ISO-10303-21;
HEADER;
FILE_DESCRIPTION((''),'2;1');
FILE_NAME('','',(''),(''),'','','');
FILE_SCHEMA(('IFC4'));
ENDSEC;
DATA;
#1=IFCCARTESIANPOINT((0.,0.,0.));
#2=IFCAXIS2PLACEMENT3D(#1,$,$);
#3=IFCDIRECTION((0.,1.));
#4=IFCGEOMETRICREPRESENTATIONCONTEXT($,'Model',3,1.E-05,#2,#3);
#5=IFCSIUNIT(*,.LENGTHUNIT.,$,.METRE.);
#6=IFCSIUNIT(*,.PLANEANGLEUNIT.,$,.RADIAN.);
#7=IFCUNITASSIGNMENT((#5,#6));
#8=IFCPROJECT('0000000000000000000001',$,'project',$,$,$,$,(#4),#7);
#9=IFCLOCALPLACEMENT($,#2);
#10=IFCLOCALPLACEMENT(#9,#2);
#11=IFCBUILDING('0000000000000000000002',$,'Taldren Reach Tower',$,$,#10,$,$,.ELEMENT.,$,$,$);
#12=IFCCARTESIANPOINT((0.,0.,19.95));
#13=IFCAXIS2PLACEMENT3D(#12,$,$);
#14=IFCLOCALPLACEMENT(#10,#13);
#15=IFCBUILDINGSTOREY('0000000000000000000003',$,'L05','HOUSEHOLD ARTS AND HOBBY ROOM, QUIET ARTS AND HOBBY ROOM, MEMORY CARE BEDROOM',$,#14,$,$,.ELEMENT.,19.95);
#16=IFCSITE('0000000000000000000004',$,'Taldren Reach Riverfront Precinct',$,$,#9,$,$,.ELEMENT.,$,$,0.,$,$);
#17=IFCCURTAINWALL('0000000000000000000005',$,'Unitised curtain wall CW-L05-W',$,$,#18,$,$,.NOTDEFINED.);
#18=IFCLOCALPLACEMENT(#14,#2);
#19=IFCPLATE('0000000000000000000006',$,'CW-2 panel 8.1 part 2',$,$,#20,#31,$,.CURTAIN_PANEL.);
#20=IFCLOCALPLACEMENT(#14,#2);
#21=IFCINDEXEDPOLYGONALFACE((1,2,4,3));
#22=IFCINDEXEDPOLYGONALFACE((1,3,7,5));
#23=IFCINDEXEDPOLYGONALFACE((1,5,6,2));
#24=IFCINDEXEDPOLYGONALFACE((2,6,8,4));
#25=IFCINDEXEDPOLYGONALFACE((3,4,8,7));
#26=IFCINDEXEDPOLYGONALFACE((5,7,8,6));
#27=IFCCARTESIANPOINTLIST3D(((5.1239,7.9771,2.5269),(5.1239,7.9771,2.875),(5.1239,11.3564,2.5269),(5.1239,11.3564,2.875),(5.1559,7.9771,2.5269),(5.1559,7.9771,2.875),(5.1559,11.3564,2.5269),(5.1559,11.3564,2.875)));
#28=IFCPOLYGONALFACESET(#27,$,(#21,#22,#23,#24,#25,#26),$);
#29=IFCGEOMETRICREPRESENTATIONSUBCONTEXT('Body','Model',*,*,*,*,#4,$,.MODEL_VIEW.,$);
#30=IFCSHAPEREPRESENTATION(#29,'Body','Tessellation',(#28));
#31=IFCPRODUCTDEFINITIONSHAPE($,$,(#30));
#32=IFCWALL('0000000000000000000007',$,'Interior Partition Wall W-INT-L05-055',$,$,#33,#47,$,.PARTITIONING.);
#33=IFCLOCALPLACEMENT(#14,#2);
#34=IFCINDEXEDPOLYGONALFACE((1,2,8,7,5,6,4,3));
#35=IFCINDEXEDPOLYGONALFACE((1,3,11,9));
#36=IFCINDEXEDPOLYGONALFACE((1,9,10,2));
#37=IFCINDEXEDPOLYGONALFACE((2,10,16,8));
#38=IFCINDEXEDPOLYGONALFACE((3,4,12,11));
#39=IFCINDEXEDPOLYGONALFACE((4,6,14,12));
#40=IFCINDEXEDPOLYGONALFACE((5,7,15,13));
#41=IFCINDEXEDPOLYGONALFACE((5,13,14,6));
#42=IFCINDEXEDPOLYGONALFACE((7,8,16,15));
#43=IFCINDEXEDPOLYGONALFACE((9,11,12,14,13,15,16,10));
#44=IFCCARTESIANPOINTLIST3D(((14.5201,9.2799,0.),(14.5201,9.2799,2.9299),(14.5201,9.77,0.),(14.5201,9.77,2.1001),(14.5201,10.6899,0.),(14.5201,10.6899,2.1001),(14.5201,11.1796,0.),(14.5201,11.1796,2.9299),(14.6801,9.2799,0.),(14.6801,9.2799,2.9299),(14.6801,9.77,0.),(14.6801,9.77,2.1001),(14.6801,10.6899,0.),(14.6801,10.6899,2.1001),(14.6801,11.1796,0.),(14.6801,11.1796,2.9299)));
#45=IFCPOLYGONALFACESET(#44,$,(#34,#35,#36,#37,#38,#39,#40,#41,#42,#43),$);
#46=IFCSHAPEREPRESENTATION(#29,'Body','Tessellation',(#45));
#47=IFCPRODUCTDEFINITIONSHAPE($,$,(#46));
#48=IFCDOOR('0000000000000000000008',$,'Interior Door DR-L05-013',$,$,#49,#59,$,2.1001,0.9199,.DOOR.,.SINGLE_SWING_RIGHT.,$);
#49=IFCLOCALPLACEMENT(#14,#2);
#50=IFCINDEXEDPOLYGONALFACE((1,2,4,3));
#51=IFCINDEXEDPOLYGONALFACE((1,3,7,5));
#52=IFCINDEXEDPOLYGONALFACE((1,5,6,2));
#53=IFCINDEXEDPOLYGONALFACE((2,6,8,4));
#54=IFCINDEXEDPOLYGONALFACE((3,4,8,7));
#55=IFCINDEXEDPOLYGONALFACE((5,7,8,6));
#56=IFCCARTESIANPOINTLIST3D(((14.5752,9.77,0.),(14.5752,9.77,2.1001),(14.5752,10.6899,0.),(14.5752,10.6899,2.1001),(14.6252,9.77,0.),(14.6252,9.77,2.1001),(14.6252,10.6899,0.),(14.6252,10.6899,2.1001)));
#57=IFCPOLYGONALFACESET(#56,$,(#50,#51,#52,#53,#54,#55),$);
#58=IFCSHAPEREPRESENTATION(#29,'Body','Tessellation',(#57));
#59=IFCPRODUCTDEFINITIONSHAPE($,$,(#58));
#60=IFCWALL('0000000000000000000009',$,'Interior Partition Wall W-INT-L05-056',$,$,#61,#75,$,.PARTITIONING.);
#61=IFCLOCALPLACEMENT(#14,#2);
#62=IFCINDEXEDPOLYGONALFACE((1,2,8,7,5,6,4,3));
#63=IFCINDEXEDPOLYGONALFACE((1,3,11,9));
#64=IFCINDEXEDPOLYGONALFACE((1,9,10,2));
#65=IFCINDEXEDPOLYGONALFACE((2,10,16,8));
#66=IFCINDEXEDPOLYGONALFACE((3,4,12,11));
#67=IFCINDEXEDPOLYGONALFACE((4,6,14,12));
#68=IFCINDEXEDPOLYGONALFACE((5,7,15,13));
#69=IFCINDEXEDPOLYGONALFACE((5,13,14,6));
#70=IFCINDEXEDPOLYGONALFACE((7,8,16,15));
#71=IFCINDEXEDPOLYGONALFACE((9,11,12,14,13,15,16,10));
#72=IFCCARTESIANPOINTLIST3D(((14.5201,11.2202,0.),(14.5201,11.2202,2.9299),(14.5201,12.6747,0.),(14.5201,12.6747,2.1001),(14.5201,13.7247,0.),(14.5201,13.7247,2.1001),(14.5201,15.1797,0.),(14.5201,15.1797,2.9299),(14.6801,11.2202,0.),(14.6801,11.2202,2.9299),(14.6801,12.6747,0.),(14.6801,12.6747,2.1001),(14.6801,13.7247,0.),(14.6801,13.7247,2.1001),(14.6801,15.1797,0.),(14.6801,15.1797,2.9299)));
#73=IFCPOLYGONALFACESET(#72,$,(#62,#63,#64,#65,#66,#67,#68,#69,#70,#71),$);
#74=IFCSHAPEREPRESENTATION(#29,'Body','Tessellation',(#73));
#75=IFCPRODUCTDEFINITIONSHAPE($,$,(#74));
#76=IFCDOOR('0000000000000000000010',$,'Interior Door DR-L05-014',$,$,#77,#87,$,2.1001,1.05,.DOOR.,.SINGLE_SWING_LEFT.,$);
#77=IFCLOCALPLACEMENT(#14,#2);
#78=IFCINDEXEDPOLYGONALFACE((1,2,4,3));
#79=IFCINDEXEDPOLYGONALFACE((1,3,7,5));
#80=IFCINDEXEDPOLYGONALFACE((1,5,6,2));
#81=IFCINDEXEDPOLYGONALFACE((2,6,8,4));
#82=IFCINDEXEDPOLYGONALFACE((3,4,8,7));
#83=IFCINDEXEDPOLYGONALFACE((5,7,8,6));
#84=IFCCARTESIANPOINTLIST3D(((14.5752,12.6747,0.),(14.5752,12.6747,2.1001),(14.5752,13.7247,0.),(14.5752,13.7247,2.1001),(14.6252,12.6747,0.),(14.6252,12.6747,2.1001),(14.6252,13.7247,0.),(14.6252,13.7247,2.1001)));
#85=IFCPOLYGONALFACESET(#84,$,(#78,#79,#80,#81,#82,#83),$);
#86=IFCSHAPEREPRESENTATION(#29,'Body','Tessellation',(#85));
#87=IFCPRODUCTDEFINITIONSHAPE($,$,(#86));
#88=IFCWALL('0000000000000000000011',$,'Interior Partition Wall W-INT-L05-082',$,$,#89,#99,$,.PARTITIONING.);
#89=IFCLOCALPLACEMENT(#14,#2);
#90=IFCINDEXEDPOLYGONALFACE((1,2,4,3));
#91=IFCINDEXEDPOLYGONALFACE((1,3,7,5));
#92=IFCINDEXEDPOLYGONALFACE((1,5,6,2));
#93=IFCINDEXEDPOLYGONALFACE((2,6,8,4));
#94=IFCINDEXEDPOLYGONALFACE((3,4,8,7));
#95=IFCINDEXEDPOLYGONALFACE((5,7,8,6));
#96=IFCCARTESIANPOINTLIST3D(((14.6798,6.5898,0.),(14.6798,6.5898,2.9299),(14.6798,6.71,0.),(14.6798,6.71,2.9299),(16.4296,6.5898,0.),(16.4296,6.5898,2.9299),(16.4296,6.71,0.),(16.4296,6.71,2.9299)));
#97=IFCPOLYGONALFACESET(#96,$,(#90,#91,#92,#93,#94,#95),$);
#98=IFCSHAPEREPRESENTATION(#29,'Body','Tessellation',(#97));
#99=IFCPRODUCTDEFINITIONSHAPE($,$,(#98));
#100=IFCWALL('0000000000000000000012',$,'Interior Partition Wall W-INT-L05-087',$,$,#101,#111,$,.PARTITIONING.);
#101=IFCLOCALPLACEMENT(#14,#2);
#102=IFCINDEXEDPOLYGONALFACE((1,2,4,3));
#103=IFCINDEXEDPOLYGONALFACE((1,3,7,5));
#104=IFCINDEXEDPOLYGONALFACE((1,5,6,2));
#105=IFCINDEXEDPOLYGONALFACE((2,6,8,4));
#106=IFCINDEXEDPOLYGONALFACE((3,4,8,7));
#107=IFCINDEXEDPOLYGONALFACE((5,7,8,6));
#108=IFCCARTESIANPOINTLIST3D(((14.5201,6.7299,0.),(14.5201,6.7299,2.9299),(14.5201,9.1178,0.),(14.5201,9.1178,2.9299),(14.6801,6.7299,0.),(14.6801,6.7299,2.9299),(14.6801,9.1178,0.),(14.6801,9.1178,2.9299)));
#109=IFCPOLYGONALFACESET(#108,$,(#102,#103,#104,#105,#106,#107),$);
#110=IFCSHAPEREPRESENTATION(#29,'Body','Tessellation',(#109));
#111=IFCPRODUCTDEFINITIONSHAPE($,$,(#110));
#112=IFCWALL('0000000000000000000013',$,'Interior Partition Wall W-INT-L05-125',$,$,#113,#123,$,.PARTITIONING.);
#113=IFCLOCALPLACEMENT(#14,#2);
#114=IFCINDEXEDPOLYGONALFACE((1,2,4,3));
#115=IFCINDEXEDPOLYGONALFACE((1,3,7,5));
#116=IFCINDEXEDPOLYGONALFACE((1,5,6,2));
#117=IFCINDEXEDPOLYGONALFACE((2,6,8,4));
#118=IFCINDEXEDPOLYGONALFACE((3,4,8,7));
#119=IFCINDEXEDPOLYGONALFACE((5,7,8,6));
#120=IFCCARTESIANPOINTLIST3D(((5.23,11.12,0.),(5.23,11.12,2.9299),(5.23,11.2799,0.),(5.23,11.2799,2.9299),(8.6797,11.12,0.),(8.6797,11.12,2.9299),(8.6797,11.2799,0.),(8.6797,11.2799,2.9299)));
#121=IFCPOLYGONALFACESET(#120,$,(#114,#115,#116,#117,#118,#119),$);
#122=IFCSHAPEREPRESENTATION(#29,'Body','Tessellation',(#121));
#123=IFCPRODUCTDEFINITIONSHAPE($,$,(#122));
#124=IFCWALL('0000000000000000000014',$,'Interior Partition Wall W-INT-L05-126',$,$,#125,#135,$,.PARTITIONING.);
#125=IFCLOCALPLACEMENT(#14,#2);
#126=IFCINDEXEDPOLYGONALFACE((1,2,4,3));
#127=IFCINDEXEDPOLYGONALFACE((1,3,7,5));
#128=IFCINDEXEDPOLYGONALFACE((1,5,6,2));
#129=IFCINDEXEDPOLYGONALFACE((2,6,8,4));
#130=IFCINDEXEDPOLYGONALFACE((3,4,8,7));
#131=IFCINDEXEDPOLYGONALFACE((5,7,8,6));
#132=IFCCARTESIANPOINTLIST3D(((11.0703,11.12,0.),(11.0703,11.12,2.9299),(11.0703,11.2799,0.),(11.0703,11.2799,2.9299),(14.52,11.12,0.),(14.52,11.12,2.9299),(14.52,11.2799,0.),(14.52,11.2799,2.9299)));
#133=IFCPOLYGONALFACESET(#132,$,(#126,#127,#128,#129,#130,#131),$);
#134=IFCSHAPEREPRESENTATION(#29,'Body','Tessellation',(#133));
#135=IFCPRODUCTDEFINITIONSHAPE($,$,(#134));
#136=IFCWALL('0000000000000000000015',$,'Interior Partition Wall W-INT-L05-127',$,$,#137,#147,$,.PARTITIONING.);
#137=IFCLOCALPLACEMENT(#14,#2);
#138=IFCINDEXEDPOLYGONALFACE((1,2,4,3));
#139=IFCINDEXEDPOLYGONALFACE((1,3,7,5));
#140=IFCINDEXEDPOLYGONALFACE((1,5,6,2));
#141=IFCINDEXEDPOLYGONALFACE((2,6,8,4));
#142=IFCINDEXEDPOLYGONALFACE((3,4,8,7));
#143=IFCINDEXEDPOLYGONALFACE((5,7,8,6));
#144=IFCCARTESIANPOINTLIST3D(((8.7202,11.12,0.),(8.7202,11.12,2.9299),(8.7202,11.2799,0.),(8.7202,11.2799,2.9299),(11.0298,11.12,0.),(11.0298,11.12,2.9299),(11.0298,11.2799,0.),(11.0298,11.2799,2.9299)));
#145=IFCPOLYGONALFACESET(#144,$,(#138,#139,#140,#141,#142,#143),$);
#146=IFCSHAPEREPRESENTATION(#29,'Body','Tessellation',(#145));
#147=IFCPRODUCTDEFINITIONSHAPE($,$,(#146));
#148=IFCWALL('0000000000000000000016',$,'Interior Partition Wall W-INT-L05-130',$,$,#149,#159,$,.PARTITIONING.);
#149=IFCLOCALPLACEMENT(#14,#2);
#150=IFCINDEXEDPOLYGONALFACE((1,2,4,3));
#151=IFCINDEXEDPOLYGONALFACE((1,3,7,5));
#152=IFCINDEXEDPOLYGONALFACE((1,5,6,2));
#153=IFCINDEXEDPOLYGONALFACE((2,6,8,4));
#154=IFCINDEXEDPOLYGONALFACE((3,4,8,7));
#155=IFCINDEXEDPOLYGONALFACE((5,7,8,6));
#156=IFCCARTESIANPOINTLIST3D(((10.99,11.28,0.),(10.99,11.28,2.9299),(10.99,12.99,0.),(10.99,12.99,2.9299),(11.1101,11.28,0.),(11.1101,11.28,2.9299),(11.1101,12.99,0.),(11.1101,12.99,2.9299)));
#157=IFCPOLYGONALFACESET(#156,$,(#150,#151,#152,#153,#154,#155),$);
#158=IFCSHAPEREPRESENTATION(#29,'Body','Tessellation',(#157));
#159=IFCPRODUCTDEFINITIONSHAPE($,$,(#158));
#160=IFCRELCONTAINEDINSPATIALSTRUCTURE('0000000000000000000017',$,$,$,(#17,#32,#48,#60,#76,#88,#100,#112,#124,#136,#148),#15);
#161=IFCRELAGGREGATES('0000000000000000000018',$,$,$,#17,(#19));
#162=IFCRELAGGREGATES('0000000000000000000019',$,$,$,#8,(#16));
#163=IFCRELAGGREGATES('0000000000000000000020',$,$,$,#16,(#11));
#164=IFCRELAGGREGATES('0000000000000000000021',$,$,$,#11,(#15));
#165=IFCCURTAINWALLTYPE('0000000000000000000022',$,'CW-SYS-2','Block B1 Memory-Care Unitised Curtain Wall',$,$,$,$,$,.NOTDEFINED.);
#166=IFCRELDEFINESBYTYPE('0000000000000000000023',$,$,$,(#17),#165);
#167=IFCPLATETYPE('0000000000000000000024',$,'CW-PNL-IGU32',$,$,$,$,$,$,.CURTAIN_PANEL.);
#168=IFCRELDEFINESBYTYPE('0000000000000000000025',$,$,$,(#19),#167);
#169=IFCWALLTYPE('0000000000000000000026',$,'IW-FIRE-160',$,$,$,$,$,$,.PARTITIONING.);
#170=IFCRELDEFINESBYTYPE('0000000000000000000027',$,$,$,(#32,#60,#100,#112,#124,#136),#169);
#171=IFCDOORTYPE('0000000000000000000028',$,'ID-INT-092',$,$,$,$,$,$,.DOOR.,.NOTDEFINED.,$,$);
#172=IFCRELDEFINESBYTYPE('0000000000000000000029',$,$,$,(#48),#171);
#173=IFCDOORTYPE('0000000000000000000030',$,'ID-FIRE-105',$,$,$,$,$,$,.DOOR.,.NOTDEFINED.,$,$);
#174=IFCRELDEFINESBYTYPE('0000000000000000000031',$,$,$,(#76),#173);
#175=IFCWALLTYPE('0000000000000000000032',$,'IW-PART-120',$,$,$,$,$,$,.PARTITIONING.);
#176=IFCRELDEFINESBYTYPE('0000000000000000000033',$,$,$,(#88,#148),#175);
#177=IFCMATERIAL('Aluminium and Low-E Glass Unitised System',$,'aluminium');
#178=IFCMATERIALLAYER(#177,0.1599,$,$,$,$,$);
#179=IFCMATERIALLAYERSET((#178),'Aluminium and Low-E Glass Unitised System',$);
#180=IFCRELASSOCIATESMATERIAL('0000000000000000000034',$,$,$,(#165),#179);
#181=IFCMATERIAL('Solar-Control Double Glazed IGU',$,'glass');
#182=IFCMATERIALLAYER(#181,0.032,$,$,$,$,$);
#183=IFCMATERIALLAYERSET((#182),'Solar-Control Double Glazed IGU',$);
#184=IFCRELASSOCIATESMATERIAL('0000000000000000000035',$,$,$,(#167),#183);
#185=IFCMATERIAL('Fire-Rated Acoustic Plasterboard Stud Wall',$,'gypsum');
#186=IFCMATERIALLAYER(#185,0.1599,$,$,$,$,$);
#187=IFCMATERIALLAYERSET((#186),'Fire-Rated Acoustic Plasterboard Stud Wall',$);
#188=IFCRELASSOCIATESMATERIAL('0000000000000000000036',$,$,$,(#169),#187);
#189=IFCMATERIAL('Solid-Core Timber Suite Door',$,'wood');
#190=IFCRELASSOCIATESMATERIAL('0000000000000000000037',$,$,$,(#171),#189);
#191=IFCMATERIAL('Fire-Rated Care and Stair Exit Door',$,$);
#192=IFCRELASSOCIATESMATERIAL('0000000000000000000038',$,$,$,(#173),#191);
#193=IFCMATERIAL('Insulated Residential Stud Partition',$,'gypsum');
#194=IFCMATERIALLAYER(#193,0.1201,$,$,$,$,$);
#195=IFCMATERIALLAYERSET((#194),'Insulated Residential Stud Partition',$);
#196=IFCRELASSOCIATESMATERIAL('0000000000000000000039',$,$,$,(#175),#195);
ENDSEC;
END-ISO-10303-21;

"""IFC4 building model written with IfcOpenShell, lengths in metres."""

from ifc_helpers import new_model, si_unit, direction, frame, frame_2d, origin, origin_2d, place, context, subcontext, project, spatial, rectangle, extrude, source, transform, mapped, material, layer, layer_set, type_object, element, fill, aggregate, save


model = new_model("IFC4")

# Units and contexts
model_context = context("Model", 3, precision=1e-05, world=origin(), true_north=direction((0.0, 1.0)))
body_context = subcontext(model_context, "Body", "Model", "MODEL_VIEW")
ifc_project = project(units=[si_unit("LENGTHUNIT", "METRE"), si_unit("PLANEANGLEUNIT", "RADIAN")], contexts=[model_context])

# Site, building, storey
site_placement = place(None, origin())
site = spatial("IfcSite", under=ifc_project, at=site_placement, Name="Taldren Reach Riverfront Precinct", CompositionType="ELEMENT", RefElevation=0.0)
building_placement = place(site_placement, origin())
building = spatial("IfcBuilding", under=site, at=building_placement, Name="Taldren Reach Tower", CompositionType="ELEMENT")
storey_placement = place(building_placement, frame((0.0, 0.0, 19.95)))
storey = spatial("IfcBuildingStorey", under=building, at=storey_placement, Name="L05", Description="HOUSEHOLD ARTS AND HOBBY ROOM, QUIET ARTS AND HOBBY ROOM, MEMORY CARE BEDROOM", CompositionType="ELEMENT", Elevation=19.95)

# Curtain wall, plate
ifc_material_1 = material(Name="Aluminium and Low-E Glass Unitised System", Category="aluminium")
ifc_layer_1 = layer(ifc_material_1, 0.1599)
ifc_layer_set_1 = layer_set([ifc_layer_1], Name="Aluminium and Low-E Glass Unitised System")
curtain_wall_type = type_object("IfcCurtainWallType", Name="CW-SYS-2", Description="Block B1 Memory-Care Unitised Curtain Wall", PredefinedType="NOTDEFINED", material=ifc_layer_set_1)
curtain_wall_placement = place(storey_placement, origin())
curtain_wall = element("IfcCurtainWall", 1, at=curtain_wall_placement, inside=storey, type_object=curtain_wall_type, Name="Unitised curtain wall CW-L05-W", PredefinedType="NOTDEFINED")
ifc_material_2 = material(Name="Solar-Control Double Glazed IGU", Category="glass")
ifc_layer_2 = layer(ifc_material_2, 0.032)
ifc_layer_set_2 = layer_set([ifc_layer_2], Name="Solar-Control Double Glazed IGU")
plate_type = type_object("IfcPlateType", Name="CW-PNL-IGU32", PredefinedType="CURTAIN_PANEL", material=ifc_layer_set_2)
shared_shape_1 = source(origin(), body_context, "Body", "SweptSolid", [
    extrude(rectangle(XDim=3.3794, YDim=0.032, at=origin_2d()), origin(), (0.0, 0.0, 1.0), 0.3481),
])
plate_1_placement = place(storey_placement, frame((5.1399, 9.6667, 2.5269), z_axis=(0.0, 0.0, 1.0), x_axis=(0.0, -1.0, 0.0)))
plate_1 = element("IfcPlate", 2, at=plate_1_placement, type_object=plate_type, Name="CW-2 panel 8.1 part 2", PredefinedType="CURTAIN_PANEL", context=body_context, shape_type="MappedRepresentation", body=[
    mapped(shared_shape_1, transform((0.0, 0.0, 0.0), scale=1.0)),
])
aggregate(curtain_wall, [plate_1])

# Walls, openings, doors
ifc_material_3 = material(Name="Fire-Rated Acoustic Plasterboard Stud Wall", Category="gypsum")
ifc_layer_3 = layer(ifc_material_3, 0.1599)
ifc_layer_set_3 = layer_set([ifc_layer_3], Name="Fire-Rated Acoustic Plasterboard Stud Wall")
wall_type_1 = type_object("IfcWallType", Name="IW-FIRE-160", PredefinedType="PARTITIONING", material=ifc_layer_set_3)
shared_shape_2 = source(origin(), body_context, "Body", "SweptSolid", [
    extrude(rectangle(XDim=1.8997, YDim=0.1599, at=frame_2d((0.9497, 0.0))), origin(), (0.0, 0.0, 1.0), 2.9299),
])
wall_1_placement = place(storey_placement, frame((14.6001, 9.28, 0.0), z_axis=(0.0, 0.0, 1.0), x_axis=(0.0, 1.0, 0.0)))
wall_1 = element("IfcWall", 3, at=wall_1_placement, inside=storey, type_object=wall_type_1, Name="Interior Partition Wall W-INT-L05-055", PredefinedType="PARTITIONING", context=body_context, shape_type="MappedRepresentation", body=[
    mapped(shared_shape_2, transform((0.0, 0.0, 0.0), scale=1.0)),
])
shared_shape_3 = source(origin(), body_context, "Body", "SweptSolid", [
    extrude(rectangle(XDim=0.9199, YDim=2.1001, at=frame_2d((0.46, 1.05))), frame((0.0, 0.0898, 0.0), z_axis=(0.0, -1.0, 0.0), x_axis=(1.0, 0.0, 0.0)), (0.0, 0.0, 1.0), 0.1799),
])
opening_1_placement = place(wall_1_placement, frame((0.49, 0.0, 0.0)))
opening_1 = element("IfcOpeningElement", 4, at=opening_1_placement, cuts=wall_1, PredefinedType="OPENING", context=body_context, shape_type="MappedRepresentation", body=[
    mapped(shared_shape_3, transform((0.0, 0.0, 0.0), scale=1.0)),
])
ifc_material_4 = material(Name="Solid-Core Timber Suite Door", Category="wood")
door_type_1 = type_object("IfcDoorType", Name="ID-INT-092", OperationType="NOTDEFINED", PredefinedType="DOOR", material=ifc_material_4)
shared_shape_4 = source(origin(), body_context, "Body", "SweptSolid", [
    extrude(rectangle(XDim=0.9199, YDim=2.1001, at=frame_2d((0.46, 1.05))), frame((0.0, 0.0249, 0.0), z_axis=(0.0, -1.0, 0.0), x_axis=(1.0, 0.0, 0.0)), (0.0, 0.0, 1.0), 0.05),
])
door_1_placement = place(opening_1_placement, origin())
door_1 = element("IfcDoor", 5, at=door_1_placement, inside=storey, type_object=door_type_1, Name="Interior Door DR-L05-013", OperationType="SINGLE_SWING_RIGHT", OverallHeight=2.1001, OverallWidth=0.9199, PredefinedType="DOOR", context=body_context, shape_type="MappedRepresentation", body=[
    mapped(shared_shape_4, transform((0.0, 0.0, 0.0), scale=1.0)),
])
fill(opening_1, door_1)
shared_shape_5 = source(origin(), body_context, "Body", "SweptSolid", [
    extrude(rectangle(XDim=3.9595, YDim=0.1599, at=frame_2d((1.9797, 0.0))), origin(), (0.0, 0.0, 1.0), 2.9299),
])
wall_2_placement = place(storey_placement, frame((14.6001, 11.2202, 0.0), z_axis=(0.0, 0.0, 1.0), x_axis=(0.0, 1.0, 0.0)))
wall_2 = element("IfcWall", 6, at=wall_2_placement, inside=storey, type_object=wall_type_1, Name="Interior Partition Wall W-INT-L05-056", PredefinedType="PARTITIONING", context=body_context, shape_type="MappedRepresentation", body=[
    mapped(shared_shape_5, transform((0.0, 0.0, 0.0), scale=1.0)),
])
shared_shape_6 = source(origin(), body_context, "Body", "SweptSolid", [
    extrude(rectangle(XDim=1.05, YDim=2.1001, at=frame_2d((0.5249, 1.05))), frame((0.0, 0.0898, 0.0), z_axis=(0.0, -1.0, 0.0), x_axis=(1.0, 0.0, 0.0)), (0.0, 0.0, 1.0), 0.1799),
])
opening_2_placement = place(wall_2_placement, frame((1.4546, 0.0, 0.0)))
opening_2 = element("IfcOpeningElement", 7, at=opening_2_placement, cuts=wall_2, PredefinedType="OPENING", context=body_context, shape_type="MappedRepresentation", body=[
    mapped(shared_shape_6, transform((0.0, 0.0, 0.0), scale=1.0)),
])
ifc_material_5 = material(Name="Fire-Rated Care and Stair Exit Door")
door_type_2 = type_object("IfcDoorType", Name="ID-FIRE-105", OperationType="NOTDEFINED", PredefinedType="DOOR", material=ifc_material_5)
shared_shape_7 = source(origin(), body_context, "Body", "SweptSolid", [
    extrude(rectangle(XDim=1.05, YDim=2.1001, at=frame_2d((0.5249, 1.05))), frame((0.0, 0.0249, 0.0), z_axis=(0.0, -1.0, 0.0), x_axis=(1.0, 0.0, 0.0)), (0.0, 0.0, 1.0), 0.05),
])
door_2_placement = place(opening_2_placement, origin())
door_2 = element("IfcDoor", 8, at=door_2_placement, inside=storey, type_object=door_type_2, Name="Interior Door DR-L05-014", OperationType="SINGLE_SWING_LEFT", OverallHeight=2.1001, OverallWidth=1.05, PredefinedType="DOOR", context=body_context, shape_type="MappedRepresentation", body=[
    mapped(shared_shape_7, transform((0.0, 0.0, 0.0), scale=1.0)),
])
fill(opening_2, door_2)

# Walls
ifc_material_6 = material(Name="Insulated Residential Stud Partition", Category="gypsum")
ifc_layer_4 = layer(ifc_material_6, 0.1201)
ifc_layer_set_4 = layer_set([ifc_layer_4], Name="Insulated Residential Stud Partition")
wall_type_2 = type_object("IfcWallType", Name="IW-PART-120", PredefinedType="PARTITIONING", material=ifc_layer_set_4)
shared_shape_8 = source(origin(), body_context, "Body", "SweptSolid", [
    extrude(rectangle(XDim=1.7498, YDim=0.1201, at=frame_2d((0.875, 0.0))), origin(), (0.0, 0.0, 1.0), 2.9299),
])
wall_3_placement = place(storey_placement, frame((16.4297, 6.6499, 0.0), z_axis=(0.0, 0.0, 1.0), x_axis=(-1.0, 0.0, 0.0)))
element("IfcWall", 9, at=wall_3_placement, inside=storey, type_object=wall_type_2, Name="Interior Partition Wall W-INT-L05-082", PredefinedType="PARTITIONING", context=body_context, shape_type="MappedRepresentation", body=[
    mapped(shared_shape_8, transform((0.0, 0.0, 0.0), scale=1.0)),
])
shared_shape_9 = source(origin(), body_context, "Body", "SweptSolid", [
    extrude(rectangle(XDim=2.3879, YDim=0.1599, at=frame_2d((1.1938, 0.0))), origin(), (0.0, 0.0, 1.0), 2.9299),
])
wall_4_placement = place(storey_placement, frame((14.6001, 6.73, 0.0), z_axis=(0.0, 0.0, 1.0), x_axis=(0.0, 1.0, 0.0)))
element("IfcWall", 10, at=wall_4_placement, inside=storey, type_object=wall_type_1, Name="Interior Partition Wall W-INT-L05-087", PredefinedType="PARTITIONING", context=body_context, shape_type="MappedRepresentation", body=[
    mapped(shared_shape_9, transform((0.0, 0.0, 0.0), scale=1.0)),
])
shared_shape_10 = source(origin(), body_context, "Body", "SweptSolid", [
    extrude(rectangle(XDim=3.4497, YDim=0.1599, at=frame_2d((1.7249, 0.0))), origin(), (0.0, 0.0, 1.0), 2.9299),
])
for number, where, z_axis, x_axis, name in (
    (11, (5.23, 11.2, 0.0), (0.0, 0.0, 1.0), (1.0, 0.0, 0.0), "Interior Partition Wall W-INT-L05-125"),
    (12, (11.0703, 11.2, 0.0), (0.0, 0.0, 1.0), (1.0, 0.0, 0.0), "Interior Partition Wall W-INT-L05-126"),
):
    element("IfcWall", number, at=place(storey_placement, frame(where, z_axis=z_axis, x_axis=x_axis)), inside=storey, type_object=wall_type_1, Name=name, PredefinedType="PARTITIONING", context=body_context, shape_type="MappedRepresentation", body=[
        mapped(shared_shape_10, transform((0.0, 0.0, 0.0), scale=1.0)),
    ])
shared_shape_11 = source(origin(), body_context, "Body", "SweptSolid", [
    extrude(rectangle(XDim=2.3096, YDim=0.1599, at=frame_2d((1.1548, 0.0))), origin(), (0.0, 0.0, 1.0), 2.9299),
])
wall_5_placement = place(storey_placement, frame((8.7202, 11.2, 0.0), z_axis=(0.0, 0.0, 1.0), x_axis=(1.0, 0.0, 0.0)))
element("IfcWall", 13, at=wall_5_placement, inside=storey, type_object=wall_type_1, Name="Interior Partition Wall W-INT-L05-127", PredefinedType="PARTITIONING", context=body_context, shape_type="MappedRepresentation", body=[
    mapped(shared_shape_11, transform((0.0, 0.0, 0.0), scale=1.0)),
])
shared_shape_12 = source(origin(), body_context, "Body", "SweptSolid", [
    extrude(rectangle(XDim=1.71, YDim=0.1201, at=frame_2d((0.855, 0.0))), origin(), (0.0, 0.0, 1.0), 2.9299),
])
wall_6_placement = place(storey_placement, frame((11.05, 11.28, 0.0), z_axis=(0.0, 0.0, 1.0), x_axis=(0.0, 1.0, 0.0)))
element("IfcWall", 14, at=wall_6_placement, inside=storey, type_object=wall_type_2, Name="Interior Partition Wall W-INT-L05-130", PredefinedType="PARTITIONING", context=body_context, shape_type="MappedRepresentation", body=[
    mapped(shared_shape_12, transform((0.0, 0.0, 0.0), scale=1.0)),
])

save(model, "model.ifc")
